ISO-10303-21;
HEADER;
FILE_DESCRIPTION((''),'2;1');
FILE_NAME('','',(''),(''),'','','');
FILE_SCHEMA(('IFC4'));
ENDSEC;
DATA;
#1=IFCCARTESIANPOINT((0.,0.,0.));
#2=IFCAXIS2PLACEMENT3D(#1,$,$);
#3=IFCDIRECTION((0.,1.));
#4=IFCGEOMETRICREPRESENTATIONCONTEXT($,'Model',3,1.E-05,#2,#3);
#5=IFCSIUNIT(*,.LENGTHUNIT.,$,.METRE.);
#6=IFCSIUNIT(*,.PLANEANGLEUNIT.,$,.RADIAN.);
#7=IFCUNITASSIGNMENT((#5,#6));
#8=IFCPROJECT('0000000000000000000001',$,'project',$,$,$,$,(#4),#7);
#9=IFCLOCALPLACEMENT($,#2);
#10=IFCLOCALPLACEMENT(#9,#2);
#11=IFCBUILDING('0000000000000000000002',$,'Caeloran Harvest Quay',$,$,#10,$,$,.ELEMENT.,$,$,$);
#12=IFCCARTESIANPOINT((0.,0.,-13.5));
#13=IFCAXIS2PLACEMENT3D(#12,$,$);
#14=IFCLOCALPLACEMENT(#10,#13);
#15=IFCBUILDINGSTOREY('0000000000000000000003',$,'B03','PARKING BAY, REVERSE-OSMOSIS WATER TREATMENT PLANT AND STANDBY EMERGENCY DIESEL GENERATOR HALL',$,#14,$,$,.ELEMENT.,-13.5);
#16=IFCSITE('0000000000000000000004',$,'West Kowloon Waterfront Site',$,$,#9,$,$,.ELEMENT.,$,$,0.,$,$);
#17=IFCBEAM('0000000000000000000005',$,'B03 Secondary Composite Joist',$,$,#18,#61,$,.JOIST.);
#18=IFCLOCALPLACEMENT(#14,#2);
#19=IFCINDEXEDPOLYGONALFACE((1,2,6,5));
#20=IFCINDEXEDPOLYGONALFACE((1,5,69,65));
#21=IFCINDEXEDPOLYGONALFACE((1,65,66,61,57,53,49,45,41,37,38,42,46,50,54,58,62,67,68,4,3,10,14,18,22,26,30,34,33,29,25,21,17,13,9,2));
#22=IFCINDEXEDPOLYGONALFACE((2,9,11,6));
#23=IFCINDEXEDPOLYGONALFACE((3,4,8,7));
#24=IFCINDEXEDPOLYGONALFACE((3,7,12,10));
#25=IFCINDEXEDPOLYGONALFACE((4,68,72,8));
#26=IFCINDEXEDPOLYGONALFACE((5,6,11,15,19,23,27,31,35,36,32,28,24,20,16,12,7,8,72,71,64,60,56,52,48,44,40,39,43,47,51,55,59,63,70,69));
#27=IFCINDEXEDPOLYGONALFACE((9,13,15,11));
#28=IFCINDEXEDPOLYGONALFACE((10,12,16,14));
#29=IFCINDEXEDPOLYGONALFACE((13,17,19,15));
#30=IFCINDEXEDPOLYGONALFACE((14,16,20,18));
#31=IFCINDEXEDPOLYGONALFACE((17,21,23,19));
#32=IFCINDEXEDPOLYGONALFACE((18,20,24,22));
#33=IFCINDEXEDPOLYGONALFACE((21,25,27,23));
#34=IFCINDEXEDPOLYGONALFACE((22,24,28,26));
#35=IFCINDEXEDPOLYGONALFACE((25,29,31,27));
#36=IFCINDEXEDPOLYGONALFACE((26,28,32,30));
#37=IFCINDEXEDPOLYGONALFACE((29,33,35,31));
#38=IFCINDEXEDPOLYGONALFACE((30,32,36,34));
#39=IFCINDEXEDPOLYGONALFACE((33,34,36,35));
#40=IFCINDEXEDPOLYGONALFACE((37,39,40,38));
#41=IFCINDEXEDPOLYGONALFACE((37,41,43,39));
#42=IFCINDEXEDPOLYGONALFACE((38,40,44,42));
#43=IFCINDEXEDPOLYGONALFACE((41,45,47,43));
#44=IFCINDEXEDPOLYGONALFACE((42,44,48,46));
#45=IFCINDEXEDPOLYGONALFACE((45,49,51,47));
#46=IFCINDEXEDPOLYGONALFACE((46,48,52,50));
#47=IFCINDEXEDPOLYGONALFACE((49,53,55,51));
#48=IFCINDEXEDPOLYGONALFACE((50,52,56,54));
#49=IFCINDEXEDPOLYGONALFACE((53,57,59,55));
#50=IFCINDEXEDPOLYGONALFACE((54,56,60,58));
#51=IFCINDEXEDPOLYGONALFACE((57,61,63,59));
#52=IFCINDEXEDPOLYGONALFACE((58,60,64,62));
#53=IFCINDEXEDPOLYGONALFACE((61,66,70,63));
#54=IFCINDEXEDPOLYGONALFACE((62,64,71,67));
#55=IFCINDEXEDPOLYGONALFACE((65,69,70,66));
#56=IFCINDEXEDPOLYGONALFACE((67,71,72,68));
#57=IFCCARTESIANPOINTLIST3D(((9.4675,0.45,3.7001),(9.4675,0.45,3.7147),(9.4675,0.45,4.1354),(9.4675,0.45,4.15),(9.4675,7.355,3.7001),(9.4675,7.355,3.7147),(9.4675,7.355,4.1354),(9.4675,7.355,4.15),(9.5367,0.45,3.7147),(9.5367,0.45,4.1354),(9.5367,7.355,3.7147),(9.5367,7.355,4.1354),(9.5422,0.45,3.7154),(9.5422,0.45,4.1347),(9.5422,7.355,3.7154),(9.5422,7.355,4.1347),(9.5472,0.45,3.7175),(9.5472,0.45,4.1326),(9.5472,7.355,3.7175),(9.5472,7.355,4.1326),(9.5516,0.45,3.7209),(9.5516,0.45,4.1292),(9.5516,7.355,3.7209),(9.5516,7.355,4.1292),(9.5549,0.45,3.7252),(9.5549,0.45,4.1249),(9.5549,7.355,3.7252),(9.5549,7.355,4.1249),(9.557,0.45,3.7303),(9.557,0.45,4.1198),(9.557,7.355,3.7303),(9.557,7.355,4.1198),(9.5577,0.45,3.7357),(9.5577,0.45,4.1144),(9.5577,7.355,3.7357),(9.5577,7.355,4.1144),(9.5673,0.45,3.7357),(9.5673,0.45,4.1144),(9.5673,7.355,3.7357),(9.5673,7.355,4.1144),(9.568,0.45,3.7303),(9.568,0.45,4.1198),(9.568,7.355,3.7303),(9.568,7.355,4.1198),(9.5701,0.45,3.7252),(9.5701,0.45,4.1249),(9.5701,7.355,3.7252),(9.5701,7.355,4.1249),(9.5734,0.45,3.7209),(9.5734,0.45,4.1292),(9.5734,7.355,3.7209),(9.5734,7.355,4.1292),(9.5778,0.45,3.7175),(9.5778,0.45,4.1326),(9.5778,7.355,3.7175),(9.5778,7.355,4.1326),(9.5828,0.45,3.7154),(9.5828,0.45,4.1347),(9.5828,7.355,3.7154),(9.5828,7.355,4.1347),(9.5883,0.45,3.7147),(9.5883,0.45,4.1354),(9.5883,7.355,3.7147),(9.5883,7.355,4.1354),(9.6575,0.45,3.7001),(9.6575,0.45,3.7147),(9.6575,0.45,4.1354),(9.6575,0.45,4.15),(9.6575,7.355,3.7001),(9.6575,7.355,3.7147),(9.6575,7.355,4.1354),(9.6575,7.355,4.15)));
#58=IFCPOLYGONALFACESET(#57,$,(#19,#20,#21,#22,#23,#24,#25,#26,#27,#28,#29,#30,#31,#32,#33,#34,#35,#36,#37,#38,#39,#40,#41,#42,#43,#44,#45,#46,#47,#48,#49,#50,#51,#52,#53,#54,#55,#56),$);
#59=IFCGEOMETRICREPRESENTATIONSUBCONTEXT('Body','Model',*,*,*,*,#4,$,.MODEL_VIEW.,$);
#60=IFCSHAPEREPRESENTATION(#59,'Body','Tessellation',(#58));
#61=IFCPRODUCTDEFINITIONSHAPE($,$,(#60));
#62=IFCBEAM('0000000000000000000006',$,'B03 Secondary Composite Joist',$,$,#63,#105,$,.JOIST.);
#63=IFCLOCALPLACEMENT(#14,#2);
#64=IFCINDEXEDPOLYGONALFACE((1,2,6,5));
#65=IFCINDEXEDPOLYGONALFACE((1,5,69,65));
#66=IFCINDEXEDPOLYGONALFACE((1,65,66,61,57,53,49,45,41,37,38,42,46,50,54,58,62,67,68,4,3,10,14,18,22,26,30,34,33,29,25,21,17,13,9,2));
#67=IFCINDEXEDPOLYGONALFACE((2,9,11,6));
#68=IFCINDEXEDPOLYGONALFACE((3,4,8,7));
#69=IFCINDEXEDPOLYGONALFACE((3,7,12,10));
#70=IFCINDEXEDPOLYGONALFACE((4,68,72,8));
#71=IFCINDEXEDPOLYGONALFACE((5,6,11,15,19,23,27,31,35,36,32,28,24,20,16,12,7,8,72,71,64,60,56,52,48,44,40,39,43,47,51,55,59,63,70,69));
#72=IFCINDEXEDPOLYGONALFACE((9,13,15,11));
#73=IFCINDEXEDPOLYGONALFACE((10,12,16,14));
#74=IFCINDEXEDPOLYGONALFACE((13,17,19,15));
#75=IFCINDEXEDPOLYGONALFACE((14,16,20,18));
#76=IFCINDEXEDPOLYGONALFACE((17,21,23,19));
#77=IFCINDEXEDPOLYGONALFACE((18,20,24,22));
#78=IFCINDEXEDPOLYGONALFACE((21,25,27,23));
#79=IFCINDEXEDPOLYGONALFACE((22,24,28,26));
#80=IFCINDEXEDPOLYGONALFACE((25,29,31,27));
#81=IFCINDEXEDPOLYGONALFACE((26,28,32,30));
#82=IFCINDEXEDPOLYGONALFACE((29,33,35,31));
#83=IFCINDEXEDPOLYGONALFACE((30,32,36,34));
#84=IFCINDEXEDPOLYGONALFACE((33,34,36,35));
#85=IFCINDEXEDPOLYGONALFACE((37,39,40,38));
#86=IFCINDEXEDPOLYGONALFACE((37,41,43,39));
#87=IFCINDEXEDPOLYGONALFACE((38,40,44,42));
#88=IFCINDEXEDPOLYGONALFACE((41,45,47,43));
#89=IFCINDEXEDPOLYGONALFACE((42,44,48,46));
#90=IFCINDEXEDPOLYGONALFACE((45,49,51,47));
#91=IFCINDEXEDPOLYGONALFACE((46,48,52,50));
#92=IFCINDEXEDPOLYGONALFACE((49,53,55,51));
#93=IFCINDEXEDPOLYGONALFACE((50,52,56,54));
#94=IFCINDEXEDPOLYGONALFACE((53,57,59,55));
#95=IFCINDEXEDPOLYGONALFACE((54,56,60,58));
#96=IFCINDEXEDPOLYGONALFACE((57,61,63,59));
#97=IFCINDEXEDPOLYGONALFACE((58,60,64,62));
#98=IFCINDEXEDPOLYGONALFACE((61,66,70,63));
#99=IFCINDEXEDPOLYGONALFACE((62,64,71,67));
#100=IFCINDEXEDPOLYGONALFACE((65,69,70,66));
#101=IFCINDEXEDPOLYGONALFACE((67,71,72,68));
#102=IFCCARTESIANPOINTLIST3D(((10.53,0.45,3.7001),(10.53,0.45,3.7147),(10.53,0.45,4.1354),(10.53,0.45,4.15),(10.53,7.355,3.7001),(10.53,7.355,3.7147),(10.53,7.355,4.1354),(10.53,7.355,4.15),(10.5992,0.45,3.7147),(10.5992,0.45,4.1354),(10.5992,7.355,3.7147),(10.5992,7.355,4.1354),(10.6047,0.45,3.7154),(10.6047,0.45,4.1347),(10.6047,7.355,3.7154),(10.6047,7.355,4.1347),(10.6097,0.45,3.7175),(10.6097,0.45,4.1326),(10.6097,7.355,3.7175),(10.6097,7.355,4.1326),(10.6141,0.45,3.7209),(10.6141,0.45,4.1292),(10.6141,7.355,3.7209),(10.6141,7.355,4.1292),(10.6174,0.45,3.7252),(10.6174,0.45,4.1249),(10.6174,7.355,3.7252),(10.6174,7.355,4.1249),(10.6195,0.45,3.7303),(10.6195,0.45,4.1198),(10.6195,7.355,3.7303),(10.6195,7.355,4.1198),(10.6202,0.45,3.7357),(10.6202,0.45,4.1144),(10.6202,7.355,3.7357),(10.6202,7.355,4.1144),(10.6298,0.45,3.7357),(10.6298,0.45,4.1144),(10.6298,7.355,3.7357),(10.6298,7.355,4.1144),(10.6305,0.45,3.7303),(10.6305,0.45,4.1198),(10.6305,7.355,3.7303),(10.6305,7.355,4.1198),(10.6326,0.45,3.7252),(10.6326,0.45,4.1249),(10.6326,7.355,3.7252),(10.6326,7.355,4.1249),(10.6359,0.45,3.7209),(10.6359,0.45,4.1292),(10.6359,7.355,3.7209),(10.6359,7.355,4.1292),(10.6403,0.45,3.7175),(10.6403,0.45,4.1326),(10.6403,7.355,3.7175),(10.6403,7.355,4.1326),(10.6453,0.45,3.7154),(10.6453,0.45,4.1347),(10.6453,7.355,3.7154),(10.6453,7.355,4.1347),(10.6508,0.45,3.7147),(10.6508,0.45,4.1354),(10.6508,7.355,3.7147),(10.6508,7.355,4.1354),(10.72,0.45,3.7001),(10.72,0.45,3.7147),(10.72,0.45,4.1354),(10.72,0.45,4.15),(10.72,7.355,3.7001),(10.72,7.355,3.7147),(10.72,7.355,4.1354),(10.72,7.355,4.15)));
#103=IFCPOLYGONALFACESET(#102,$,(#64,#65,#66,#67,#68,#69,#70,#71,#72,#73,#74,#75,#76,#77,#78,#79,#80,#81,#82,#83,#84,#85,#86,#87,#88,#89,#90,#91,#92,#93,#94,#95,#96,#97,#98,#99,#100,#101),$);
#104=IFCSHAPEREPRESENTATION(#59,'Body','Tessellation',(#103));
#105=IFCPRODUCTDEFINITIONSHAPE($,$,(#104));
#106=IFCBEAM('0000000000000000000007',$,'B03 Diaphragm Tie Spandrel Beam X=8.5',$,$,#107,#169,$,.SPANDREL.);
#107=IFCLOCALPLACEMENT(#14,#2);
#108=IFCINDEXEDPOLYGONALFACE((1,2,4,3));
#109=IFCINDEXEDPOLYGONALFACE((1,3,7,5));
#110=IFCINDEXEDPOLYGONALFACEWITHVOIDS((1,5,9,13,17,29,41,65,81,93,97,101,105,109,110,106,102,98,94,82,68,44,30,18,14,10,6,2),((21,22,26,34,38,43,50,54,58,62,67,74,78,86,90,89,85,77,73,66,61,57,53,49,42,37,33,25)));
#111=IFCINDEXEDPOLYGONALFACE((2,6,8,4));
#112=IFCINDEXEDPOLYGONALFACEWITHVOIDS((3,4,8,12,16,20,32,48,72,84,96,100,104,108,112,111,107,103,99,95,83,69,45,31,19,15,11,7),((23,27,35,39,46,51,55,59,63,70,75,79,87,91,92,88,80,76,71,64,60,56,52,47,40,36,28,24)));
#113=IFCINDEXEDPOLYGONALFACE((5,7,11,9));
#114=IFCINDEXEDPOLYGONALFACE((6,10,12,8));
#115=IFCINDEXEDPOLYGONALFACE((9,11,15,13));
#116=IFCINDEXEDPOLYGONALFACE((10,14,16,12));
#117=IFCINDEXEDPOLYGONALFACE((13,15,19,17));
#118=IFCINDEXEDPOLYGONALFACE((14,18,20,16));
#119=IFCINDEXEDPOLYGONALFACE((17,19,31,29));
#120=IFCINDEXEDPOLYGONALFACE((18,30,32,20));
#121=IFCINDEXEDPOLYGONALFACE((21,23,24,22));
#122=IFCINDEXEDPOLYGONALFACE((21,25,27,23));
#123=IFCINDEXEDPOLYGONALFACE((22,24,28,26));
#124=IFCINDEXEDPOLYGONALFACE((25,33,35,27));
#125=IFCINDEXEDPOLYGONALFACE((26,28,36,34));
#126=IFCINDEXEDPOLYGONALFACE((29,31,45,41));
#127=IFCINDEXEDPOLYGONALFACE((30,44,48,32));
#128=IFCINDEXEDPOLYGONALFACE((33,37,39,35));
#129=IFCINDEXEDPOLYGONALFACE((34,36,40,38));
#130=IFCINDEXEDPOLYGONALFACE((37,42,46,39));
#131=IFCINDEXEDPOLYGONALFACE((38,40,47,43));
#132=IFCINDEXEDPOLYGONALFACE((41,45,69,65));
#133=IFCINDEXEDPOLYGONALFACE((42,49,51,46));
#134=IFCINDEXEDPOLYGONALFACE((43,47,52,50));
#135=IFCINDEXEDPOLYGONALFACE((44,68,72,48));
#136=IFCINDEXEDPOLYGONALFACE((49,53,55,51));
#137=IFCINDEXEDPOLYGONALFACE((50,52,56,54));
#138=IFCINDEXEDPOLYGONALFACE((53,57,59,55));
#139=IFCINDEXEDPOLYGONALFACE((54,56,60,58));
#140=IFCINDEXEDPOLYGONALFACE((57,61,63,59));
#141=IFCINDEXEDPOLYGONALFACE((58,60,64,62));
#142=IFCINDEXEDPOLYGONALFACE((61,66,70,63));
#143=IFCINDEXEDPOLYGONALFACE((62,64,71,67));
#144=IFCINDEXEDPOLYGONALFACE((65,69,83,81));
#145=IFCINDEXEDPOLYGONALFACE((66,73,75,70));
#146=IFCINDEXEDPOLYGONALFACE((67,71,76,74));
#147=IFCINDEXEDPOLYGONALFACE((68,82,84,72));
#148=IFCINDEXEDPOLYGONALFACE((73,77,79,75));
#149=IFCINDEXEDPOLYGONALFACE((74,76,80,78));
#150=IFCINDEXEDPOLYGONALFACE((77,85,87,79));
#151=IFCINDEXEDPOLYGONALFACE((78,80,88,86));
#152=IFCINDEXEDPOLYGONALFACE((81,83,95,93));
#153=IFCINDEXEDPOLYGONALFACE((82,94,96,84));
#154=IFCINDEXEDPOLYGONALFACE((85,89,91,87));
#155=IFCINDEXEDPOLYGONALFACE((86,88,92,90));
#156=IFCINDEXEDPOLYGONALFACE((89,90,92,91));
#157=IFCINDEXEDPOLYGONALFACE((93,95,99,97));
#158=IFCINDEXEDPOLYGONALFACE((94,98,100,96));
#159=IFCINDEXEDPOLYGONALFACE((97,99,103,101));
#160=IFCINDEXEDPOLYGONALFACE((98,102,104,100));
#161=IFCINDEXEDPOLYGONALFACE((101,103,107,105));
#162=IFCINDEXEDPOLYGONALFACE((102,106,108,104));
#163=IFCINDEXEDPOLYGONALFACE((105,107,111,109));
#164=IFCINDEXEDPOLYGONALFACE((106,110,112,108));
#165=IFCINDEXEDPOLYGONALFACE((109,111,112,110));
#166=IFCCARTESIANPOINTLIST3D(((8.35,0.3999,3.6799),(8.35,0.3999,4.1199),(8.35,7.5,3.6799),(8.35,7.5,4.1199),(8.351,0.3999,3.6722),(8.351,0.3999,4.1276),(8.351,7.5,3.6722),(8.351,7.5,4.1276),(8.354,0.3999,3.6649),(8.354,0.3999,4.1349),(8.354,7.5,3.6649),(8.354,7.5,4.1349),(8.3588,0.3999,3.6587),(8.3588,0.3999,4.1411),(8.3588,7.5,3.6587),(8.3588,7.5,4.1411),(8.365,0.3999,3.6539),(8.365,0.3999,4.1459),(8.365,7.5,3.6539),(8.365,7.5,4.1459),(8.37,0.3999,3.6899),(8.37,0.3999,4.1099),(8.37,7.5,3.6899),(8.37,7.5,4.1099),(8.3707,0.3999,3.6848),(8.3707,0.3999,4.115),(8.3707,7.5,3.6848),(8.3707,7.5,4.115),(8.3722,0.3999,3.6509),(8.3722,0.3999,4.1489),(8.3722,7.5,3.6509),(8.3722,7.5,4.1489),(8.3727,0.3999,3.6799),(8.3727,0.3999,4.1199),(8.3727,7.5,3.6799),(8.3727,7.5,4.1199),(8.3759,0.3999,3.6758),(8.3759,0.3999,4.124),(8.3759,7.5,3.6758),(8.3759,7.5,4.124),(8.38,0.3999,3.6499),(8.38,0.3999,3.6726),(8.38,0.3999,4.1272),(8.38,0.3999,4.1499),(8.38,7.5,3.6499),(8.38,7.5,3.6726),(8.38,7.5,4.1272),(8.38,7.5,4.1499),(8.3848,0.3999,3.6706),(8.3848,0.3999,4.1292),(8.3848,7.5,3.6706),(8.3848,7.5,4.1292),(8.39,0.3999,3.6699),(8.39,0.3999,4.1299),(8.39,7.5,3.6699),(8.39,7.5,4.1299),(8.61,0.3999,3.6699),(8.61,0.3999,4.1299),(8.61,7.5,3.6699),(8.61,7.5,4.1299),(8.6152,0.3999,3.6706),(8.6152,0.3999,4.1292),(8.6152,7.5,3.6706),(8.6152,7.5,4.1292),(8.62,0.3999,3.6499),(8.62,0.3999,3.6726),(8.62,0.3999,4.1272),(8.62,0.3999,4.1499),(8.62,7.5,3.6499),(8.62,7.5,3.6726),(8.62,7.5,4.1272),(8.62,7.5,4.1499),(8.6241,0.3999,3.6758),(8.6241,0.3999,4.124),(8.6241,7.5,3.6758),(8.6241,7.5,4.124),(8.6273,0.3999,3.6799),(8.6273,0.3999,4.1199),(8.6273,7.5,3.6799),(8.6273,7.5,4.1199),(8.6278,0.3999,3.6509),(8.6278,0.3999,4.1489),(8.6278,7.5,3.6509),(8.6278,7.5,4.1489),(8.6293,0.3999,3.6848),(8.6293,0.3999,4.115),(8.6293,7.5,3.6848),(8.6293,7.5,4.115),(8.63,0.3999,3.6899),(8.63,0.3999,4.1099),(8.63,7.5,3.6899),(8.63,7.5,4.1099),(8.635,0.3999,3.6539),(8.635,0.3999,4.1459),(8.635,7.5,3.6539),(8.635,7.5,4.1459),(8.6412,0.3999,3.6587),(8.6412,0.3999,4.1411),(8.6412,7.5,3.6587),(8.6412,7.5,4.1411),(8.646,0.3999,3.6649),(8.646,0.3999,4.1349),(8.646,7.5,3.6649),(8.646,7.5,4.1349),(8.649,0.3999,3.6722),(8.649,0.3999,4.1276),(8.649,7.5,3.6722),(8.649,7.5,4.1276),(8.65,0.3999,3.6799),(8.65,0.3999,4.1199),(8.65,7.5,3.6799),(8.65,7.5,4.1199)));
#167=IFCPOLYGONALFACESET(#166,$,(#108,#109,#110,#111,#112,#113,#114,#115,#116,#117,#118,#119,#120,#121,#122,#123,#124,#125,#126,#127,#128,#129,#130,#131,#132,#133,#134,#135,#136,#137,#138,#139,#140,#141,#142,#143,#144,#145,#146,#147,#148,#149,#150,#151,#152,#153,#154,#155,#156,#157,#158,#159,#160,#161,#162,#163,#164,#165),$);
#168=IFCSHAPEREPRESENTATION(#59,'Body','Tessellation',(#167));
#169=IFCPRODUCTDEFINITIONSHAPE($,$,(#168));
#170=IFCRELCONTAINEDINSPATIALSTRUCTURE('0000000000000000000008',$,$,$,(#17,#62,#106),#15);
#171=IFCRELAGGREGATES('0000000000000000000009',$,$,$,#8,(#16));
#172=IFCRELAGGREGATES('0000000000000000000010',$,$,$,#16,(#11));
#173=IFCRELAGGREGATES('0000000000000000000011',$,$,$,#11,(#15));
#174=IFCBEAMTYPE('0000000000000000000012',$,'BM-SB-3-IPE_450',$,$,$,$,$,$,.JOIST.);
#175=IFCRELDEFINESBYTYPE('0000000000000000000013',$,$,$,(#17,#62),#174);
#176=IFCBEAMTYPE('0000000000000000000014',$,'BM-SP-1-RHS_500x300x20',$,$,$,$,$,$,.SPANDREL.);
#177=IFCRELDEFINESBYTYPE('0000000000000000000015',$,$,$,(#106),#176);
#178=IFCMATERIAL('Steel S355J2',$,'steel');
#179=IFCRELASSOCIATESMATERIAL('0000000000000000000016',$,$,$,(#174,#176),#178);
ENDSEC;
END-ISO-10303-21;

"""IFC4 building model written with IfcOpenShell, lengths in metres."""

from ifc_helpers import new_model, si_unit, direction, frame, origin, origin_2d, place, context, subcontext, project, spatial, hollow_rectangle, i_section, extrude, material, material_profile, profile_set, type_object, element, save


model = new_model("IFC4")

# Units and contexts
model_context = context("Model", 3, precision=1e-05, world=origin(), true_north=direction((0.0, 1.0)))
body_context = subcontext(model_context, "Body", "Model", "MODEL_VIEW")
ifc_project = project(units=[si_unit("LENGTHUNIT", "METRE"), si_unit("PLANEANGLEUNIT", "RADIAN")], contexts=[model_context])

# Site, building, storey
site_placement = place(None, origin())
site = spatial("IfcSite", under=ifc_project, at=site_placement, Name="West Kowloon Waterfront Site", CompositionType="ELEMENT", RefElevation=0.0)
building_placement = place(site_placement, origin())
building = spatial("IfcBuilding", under=site, at=building_placement, Name="Caeloran Harvest Quay", CompositionType="ELEMENT")
storey_placement = place(building_placement, frame((0.0, 0.0, -13.5)))
storey = spatial("IfcBuildingStorey", under=building, at=storey_placement, Name="B03", Description="PARKING BAY, REVERSE-OSMOSIS WATER TREATMENT PLANT AND STANDBY EMERGENCY DIESEL GENERATOR HALL", CompositionType="ELEMENT", Elevation=-13.5)

# Beams
ifc_material_1 = material(Name="Steel S355J2", Category="steel")
ifc_material_profile_1 = material_profile(ifc_material_1, i_section(OverallWidth=0.1899, OverallDepth=0.45, WebThickness=0.0095, FlangeThickness=0.0146, FilletRadius=0.021, at=origin_2d()), Name="IPE 450")
ifc_profile_set_1 = profile_set([ifc_material_profile_1], Name="Steel S355J2")
beam_type_1 = type_object("IfcBeamType", Name="BM-SB-3-IPE_450", PredefinedType="JOIST", material=ifc_profile_set_1)
for number, where, z_axis, x_axis, name in (
    (1, (9.5625, 0.45, 3.925), (0.0, 1.0, 0.0), (-1.0, 0.0, 0.0), "B03 Secondary Composite Joist"),
    (2, (10.625, 0.45, 3.925), (0.0, 1.0, 0.0), (-1.0, 0.0, 0.0), "B03 Secondary Composite Joist"),
):
    element("IfcBeam", number, at=place(storey_placement, frame(where, z_axis=z_axis, x_axis=x_axis)), inside=storey, type_object=beam_type_1, Name=name, PredefinedType="JOIST", context=body_context, shape_type="SweptSolid", body=[
        extrude(i_section(OverallWidth=0.1899, OverallDepth=0.45, WebThickness=0.0095, FlangeThickness=0.0146, FilletRadius=0.021, at=origin_2d()), origin(), (0.0, 0.0, 1.0), 6.905),
    ])
ifc_material_profile_2 = material_profile(ifc_material_1, hollow_rectangle(XDim=0.3, YDim=0.5, WallThickness=0.02, InnerFilletRadius=0.02, OuterFilletRadius=0.03, at=origin_2d()), Name="RHS 500x300x20")
ifc_profile_set_2 = profile_set([ifc_material_profile_2], Name="Steel S355J2")
beam_type_2 = type_object("IfcBeamType", Name="BM-SP-1-RHS_500x300x20", PredefinedType="SPANDREL", material=ifc_profile_set_2)
beam_1_placement = place(storey_placement, frame((8.5, 0.3999, 3.8999), z_axis=(0.0, 1.0, 0.0), x_axis=(-1.0, 0.0, 0.0)))
element("IfcBeam", 3, at=beam_1_placement, inside=storey, type_object=beam_type_2, Name="B03 Diaphragm Tie Spandrel Beam X=8.5", PredefinedType="SPANDREL", context=body_context, shape_type="SweptSolid", body=[
    extrude(hollow_rectangle(XDim=0.3, YDim=0.5, WallThickness=0.02, InnerFilletRadius=0.02, OuterFilletRadius=0.03, at=origin_2d()), origin(), (0.0, 0.0, 1.0), 7.1001),
])

save(model, "model.ifc")
